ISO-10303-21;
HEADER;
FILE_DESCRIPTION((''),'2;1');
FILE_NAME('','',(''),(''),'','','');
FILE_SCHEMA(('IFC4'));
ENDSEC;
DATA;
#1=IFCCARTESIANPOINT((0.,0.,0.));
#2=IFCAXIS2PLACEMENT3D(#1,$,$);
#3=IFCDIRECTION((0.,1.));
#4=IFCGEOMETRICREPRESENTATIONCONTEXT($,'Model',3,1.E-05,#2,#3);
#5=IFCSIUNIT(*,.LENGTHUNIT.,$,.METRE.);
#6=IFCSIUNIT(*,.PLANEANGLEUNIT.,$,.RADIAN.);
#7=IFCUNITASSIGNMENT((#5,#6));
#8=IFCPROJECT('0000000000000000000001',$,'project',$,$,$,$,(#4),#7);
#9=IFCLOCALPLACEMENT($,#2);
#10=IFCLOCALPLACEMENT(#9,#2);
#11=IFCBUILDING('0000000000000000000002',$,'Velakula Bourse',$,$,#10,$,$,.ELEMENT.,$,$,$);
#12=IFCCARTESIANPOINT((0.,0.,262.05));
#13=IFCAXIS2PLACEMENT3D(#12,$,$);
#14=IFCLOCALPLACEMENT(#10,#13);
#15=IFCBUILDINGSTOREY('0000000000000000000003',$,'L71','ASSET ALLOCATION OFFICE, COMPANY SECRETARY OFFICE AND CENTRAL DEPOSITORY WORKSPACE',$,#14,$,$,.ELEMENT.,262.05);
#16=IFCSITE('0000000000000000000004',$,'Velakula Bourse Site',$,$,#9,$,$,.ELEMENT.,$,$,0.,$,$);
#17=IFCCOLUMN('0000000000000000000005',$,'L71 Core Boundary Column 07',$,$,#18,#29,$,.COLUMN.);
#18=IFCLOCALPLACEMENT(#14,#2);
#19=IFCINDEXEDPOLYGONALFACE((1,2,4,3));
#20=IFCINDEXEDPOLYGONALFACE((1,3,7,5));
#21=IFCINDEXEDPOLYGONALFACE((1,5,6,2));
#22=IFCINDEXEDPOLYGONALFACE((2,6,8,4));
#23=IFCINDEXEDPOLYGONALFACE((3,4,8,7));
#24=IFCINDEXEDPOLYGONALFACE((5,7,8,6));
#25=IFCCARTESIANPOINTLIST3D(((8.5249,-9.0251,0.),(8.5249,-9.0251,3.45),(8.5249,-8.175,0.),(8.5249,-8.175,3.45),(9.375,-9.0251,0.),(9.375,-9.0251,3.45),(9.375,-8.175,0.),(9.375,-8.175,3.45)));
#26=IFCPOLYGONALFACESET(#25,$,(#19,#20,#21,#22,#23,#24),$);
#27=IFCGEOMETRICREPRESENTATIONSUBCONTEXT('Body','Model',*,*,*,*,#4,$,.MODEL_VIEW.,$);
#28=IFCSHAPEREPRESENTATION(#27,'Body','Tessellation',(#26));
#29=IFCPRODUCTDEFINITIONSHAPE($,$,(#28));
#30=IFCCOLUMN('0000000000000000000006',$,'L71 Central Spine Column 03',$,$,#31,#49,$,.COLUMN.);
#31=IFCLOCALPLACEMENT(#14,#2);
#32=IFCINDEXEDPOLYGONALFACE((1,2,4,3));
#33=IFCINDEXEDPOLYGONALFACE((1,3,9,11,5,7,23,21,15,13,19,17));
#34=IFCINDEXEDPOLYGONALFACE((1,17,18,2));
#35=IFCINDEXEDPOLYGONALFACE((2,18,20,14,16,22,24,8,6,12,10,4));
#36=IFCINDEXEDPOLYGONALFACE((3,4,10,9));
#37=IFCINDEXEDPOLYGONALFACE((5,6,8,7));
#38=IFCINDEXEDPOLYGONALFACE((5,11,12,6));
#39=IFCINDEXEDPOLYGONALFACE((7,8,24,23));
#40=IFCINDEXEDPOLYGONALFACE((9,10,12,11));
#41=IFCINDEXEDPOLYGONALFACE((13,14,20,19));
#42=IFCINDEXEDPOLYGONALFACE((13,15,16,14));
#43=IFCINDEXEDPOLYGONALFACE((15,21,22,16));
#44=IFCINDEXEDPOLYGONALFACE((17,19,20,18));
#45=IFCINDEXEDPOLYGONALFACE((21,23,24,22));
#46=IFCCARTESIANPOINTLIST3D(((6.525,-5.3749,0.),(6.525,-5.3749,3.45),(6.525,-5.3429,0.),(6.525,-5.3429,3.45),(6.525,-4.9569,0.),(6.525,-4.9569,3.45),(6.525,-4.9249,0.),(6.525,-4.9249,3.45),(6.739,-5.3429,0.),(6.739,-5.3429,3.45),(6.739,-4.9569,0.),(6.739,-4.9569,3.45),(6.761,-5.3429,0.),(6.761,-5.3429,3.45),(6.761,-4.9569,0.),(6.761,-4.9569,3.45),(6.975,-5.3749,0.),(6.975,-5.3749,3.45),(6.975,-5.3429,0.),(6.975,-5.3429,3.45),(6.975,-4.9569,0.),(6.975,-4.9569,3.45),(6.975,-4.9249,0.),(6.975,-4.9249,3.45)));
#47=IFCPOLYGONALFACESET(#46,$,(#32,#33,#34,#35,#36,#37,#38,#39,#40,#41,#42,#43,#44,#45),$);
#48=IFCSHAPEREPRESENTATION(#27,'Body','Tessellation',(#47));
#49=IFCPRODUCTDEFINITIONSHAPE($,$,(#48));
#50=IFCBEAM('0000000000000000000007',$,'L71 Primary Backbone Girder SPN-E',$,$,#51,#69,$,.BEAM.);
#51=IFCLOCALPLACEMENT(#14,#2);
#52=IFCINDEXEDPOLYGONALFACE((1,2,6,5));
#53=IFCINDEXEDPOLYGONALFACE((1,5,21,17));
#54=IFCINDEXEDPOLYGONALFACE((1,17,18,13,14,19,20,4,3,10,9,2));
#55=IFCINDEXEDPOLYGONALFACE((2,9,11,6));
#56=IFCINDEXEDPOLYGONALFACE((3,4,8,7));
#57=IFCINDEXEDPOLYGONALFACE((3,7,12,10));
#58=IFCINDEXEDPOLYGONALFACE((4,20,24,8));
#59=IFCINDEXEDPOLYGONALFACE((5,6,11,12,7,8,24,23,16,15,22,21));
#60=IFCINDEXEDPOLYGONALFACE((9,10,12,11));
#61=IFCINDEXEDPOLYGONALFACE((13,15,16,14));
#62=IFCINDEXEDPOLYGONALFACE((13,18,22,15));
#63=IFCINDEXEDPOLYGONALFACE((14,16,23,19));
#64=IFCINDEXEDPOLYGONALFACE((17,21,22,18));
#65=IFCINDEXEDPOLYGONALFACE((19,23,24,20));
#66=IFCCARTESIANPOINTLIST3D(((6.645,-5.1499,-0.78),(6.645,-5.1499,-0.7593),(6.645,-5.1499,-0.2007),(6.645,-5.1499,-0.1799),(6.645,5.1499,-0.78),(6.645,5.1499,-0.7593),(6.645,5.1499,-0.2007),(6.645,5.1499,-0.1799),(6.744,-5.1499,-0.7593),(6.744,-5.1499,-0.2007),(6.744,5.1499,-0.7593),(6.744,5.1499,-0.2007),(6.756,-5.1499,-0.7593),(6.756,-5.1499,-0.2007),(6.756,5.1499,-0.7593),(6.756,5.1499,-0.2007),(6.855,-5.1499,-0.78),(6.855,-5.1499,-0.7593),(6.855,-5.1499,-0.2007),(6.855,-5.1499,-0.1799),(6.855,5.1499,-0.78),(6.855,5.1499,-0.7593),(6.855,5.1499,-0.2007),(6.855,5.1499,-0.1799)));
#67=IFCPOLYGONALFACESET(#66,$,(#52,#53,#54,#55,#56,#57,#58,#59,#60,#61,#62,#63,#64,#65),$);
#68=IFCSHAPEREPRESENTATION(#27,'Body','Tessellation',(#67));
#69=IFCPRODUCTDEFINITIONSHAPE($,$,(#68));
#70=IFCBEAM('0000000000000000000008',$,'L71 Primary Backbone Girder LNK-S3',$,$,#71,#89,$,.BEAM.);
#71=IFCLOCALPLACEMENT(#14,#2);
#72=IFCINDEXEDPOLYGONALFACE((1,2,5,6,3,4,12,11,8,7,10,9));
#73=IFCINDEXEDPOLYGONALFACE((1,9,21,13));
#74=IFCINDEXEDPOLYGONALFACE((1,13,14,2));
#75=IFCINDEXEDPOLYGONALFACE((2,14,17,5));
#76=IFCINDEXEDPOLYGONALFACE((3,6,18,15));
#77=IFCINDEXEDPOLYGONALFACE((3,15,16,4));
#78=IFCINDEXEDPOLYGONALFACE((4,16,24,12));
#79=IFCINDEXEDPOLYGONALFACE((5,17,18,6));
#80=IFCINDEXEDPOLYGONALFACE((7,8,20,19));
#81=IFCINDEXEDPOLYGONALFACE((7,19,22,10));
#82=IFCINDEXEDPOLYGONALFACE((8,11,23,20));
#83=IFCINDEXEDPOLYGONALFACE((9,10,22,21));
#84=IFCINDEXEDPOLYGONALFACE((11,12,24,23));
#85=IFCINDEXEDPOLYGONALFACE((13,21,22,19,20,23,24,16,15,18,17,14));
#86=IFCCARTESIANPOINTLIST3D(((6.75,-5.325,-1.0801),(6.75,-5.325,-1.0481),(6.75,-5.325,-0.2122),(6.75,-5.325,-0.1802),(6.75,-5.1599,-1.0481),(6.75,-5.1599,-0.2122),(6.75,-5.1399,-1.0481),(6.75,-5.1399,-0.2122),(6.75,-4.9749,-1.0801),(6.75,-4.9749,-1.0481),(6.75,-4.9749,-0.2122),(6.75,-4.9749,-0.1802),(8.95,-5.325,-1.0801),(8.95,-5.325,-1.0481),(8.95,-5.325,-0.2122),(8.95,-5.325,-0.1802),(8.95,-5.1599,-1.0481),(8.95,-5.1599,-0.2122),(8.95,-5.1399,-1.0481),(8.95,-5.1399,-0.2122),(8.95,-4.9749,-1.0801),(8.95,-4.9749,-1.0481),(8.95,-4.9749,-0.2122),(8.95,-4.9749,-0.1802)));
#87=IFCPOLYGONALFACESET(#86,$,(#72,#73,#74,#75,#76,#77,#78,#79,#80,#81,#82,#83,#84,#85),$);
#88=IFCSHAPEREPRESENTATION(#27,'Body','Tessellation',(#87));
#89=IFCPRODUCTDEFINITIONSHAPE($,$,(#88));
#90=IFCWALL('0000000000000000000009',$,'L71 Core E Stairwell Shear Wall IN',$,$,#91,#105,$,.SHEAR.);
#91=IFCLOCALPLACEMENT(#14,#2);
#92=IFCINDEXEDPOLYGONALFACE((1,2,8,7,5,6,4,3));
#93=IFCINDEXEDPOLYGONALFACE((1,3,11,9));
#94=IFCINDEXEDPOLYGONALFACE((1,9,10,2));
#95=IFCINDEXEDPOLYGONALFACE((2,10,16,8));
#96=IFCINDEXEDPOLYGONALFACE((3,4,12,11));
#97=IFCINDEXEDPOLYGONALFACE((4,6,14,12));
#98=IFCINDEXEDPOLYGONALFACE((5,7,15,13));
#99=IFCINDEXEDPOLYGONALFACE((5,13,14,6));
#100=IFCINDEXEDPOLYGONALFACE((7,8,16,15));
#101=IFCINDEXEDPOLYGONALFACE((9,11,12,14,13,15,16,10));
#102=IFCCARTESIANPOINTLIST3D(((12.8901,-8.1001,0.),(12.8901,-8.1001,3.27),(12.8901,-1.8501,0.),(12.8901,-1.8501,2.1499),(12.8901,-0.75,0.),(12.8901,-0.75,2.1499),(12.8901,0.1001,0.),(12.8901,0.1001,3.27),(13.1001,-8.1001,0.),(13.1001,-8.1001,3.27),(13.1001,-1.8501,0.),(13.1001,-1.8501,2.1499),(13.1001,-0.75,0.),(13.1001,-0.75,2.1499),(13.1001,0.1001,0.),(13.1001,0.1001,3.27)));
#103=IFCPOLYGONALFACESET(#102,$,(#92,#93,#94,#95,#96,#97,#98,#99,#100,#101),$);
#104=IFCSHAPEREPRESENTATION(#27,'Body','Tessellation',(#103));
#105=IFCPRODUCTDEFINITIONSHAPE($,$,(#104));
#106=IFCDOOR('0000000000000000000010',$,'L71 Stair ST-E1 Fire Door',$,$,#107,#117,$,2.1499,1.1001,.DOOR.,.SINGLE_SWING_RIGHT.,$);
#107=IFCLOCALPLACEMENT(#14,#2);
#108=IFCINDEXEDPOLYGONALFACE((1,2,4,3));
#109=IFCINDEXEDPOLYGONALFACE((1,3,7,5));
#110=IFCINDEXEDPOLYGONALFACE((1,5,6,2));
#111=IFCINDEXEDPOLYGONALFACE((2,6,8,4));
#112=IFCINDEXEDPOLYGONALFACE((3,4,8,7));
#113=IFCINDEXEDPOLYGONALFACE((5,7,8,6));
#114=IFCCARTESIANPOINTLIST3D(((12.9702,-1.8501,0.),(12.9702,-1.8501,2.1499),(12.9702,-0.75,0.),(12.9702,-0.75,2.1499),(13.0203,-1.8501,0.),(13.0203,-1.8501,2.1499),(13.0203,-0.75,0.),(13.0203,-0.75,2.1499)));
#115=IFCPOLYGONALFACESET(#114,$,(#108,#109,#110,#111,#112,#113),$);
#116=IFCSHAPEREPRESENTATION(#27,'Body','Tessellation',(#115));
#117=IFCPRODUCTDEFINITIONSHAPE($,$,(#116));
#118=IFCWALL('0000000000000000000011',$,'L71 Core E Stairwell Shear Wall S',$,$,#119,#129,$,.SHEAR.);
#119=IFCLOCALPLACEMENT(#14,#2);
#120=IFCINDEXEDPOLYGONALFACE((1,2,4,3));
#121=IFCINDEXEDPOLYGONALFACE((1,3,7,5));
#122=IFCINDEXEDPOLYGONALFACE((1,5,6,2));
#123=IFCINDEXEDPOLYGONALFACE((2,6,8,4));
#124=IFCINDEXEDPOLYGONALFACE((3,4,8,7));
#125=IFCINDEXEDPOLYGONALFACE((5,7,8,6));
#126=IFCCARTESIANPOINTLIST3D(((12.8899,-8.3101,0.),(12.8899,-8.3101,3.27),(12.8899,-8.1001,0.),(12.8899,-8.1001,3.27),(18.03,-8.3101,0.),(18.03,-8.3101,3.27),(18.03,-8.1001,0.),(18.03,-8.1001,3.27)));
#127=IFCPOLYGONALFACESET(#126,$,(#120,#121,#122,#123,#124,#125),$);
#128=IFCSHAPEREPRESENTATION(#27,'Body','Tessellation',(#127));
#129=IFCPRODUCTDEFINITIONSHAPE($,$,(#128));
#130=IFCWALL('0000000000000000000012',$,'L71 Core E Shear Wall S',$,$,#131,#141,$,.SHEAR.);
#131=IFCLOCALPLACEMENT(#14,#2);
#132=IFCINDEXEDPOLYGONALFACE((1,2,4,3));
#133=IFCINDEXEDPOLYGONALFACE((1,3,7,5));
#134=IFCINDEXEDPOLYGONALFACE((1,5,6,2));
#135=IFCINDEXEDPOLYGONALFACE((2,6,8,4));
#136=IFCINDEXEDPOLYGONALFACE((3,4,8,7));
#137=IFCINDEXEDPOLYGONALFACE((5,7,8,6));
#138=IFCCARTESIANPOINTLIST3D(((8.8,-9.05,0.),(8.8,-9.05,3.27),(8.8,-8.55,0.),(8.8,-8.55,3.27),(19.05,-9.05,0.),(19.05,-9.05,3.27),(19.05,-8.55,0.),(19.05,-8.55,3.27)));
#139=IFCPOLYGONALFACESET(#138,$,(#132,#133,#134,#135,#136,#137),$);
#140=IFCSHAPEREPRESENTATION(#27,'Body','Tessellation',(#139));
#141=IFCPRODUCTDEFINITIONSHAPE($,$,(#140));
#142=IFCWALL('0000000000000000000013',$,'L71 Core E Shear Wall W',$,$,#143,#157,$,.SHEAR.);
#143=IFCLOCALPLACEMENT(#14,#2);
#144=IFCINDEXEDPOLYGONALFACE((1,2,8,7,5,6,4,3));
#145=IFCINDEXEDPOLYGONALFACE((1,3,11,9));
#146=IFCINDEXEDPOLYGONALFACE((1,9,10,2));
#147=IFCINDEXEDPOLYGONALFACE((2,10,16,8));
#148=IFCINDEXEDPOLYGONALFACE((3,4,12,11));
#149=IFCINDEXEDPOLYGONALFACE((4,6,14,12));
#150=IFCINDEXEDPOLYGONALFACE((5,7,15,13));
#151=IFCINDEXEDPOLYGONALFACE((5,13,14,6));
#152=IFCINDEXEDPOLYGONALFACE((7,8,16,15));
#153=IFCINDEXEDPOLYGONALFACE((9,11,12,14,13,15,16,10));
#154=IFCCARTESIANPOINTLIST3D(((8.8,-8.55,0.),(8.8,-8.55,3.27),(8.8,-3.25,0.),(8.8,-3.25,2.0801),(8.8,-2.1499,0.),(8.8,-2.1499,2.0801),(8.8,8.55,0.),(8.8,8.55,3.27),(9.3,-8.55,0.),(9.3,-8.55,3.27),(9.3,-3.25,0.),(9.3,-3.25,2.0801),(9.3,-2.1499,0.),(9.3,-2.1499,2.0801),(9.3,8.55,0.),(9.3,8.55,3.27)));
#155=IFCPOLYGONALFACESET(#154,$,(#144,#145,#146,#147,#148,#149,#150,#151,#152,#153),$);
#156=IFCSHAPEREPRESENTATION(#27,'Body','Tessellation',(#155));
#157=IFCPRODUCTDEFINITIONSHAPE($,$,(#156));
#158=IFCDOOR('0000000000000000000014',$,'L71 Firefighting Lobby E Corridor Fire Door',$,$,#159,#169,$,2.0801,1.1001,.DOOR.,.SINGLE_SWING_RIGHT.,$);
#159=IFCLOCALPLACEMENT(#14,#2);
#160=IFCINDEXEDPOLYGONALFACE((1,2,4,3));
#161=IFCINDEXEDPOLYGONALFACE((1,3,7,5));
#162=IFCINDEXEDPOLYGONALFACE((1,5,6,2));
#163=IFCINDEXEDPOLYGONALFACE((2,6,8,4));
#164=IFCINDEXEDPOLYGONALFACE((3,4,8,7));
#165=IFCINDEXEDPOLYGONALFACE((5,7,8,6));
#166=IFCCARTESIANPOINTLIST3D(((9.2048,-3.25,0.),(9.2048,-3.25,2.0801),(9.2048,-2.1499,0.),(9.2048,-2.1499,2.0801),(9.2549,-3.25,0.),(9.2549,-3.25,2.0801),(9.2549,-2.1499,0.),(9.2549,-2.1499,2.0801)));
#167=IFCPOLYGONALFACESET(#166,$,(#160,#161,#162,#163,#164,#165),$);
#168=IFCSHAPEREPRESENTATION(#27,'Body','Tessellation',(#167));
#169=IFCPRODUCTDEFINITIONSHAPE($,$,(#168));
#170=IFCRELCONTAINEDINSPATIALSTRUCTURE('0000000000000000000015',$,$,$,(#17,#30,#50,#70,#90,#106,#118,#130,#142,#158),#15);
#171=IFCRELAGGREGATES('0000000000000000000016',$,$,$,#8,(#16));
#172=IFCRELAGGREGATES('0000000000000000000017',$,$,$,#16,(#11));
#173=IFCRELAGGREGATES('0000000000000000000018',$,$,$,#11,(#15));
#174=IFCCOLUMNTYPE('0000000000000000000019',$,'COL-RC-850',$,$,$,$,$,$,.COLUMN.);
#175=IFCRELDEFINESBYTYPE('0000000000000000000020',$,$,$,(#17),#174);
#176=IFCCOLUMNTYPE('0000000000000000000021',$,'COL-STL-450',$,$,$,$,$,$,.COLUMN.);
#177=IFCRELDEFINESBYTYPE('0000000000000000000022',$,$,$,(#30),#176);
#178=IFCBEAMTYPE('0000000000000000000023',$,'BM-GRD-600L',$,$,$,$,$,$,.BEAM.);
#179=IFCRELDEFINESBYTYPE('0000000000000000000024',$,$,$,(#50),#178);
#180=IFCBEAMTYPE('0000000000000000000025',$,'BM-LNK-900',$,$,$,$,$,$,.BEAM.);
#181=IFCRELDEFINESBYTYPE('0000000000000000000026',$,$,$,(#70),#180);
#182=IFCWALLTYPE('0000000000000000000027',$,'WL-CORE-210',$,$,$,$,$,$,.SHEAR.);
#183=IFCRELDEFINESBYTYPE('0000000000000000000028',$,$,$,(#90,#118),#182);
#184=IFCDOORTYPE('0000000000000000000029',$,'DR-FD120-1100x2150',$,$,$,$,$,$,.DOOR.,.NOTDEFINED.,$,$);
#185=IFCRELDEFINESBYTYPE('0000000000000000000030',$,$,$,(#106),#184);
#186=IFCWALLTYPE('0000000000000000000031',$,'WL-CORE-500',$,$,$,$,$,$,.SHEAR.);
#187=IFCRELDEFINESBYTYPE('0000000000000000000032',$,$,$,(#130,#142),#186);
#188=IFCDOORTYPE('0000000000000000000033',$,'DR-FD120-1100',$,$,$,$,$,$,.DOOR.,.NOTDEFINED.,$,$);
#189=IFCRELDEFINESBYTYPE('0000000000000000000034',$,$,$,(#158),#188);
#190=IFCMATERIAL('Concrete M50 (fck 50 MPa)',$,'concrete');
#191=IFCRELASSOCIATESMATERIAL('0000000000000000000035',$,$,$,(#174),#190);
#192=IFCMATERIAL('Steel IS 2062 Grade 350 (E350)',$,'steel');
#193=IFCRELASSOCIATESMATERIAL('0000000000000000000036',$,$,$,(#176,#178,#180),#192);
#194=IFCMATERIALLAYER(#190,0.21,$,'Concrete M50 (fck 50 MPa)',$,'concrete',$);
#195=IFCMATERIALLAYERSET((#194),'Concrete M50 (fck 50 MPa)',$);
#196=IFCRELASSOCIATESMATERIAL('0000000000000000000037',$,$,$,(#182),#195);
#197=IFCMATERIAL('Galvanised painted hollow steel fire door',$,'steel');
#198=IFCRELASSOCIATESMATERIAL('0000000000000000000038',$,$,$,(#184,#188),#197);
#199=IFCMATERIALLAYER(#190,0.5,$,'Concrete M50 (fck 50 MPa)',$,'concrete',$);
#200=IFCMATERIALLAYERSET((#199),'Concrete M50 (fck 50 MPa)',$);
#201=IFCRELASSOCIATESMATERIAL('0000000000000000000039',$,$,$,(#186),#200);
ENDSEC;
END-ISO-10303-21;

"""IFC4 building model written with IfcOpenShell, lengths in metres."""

from ifc_helpers import new_model, si_unit, direction, frame, frame_2d, origin, origin_2d, place, context, subcontext, project, spatial, rectangle, i_section, extrude, material, layer, layer_set, material_profile, profile_set, type_object, element, fill, save


model = new_model("IFC4")

# Units and contexts
model_context = context("Model", 3, precision=1e-05, world=origin(), true_north=direction((0.0, 1.0)))
body_context = subcontext(model_context, "Body", "Model", "MODEL_VIEW")
ifc_project = project(units=[si_unit("LENGTHUNIT", "METRE"), si_unit("PLANEANGLEUNIT", "RADIAN")], contexts=[model_context])

# Site, building, storey
site_placement = place(None, origin())
site = spatial("IfcSite", under=ifc_project, at=site_placement, Name="Velakula Bourse Site", CompositionType="ELEMENT", RefElevation=0.0)
building_placement = place(site_placement, origin())
building = spatial("IfcBuilding", under=site, at=building_placement, Name="Velakula Bourse", CompositionType="ELEMENT")
storey_placement = place(building_placement, frame((0.0, 0.0, 262.05)))
storey = spatial("IfcBuildingStorey", under=building, at=storey_placement, Name="L71", Description="ASSET ALLOCATION OFFICE, COMPANY SECRETARY OFFICE AND CENTRAL DEPOSITORY WORKSPACE", CompositionType="ELEMENT", Elevation=262.05)

# Columns
ifc_material_1 = material(Name="Concrete M50 (fck 50 MPa)", Category="concrete")
ifc_material_profile_1 = material_profile(ifc_material_1, rectangle(XDim=0.8501, YDim=0.8501, at=origin_2d()), Name="Concrete M50 (fck 50 MPa)")
ifc_profile_set_1 = profile_set([ifc_material_profile_1], Name="Concrete M50 (fck 50 MPa)")
column_type_1 = type_object("IfcColumnType", Name="COL-RC-850", PredefinedType="COLUMN", material=ifc_profile_set_1)
column_1_placement = place(storey_placement, frame((8.95, -8.6001, 0.0), z_axis=(0.0, 0.0, 1.0), x_axis=(1.0, 0.0, 0.0)))
element("IfcColumn", 1, at=column_1_placement, inside=storey, type_object=column_type_1, Name="L71 Core Boundary Column 07", PredefinedType="COLUMN", context=body_context, shape_type="SweptSolid", body=[
    extrude(rectangle(XDim=0.8501, YDim=0.8501, at=origin_2d()), origin(), (0.0, 0.0, 1.0), 3.45),
])
ifc_material_2 = material(Name="Steel IS 2062 Grade 350 (E350)", Category="steel")
ifc_material_profile_2 = material_profile(ifc_material_2, i_section(OverallWidth=0.45, OverallDepth=0.45, WebThickness=0.022, FlangeThickness=0.032, at=origin_2d()), Name="Steel IS 2062 Grade 350 (E350)")
ifc_profile_set_2 = profile_set([ifc_material_profile_2], Name="Steel IS 2062 Grade 350 (E350)")
column_type_2 = type_object("IfcColumnType", Name="COL-STL-450", PredefinedType="COLUMN", material=ifc_profile_set_2)
column_2_placement = place(storey_placement, frame((6.75, -5.1499, 0.0), z_axis=(0.0, 0.0, 1.0), x_axis=(1.0, 0.0, 0.0)))
element("IfcColumn", 2, at=column_2_placement, inside=storey, type_object=column_type_2, Name="L71 Central Spine Column 03", PredefinedType="COLUMN", context=body_context, shape_type="SweptSolid", body=[
    extrude(i_section(OverallWidth=0.45, OverallDepth=0.45, WebThickness=0.022, FlangeThickness=0.032, at=origin_2d()), origin(), (0.0, 0.0, 1.0), 3.45),
])

# Beams
ifc_material_profile_3 = material_profile(ifc_material_2, i_section(OverallWidth=0.21, OverallDepth=0.6001, WebThickness=0.012, FlangeThickness=0.0208, at=origin_2d()), Name="Steel IS 2062 Grade 350 (E350)")
ifc_profile_set_3 = profile_set([ifc_material_profile_3], Name="Steel IS 2062 Grade 350 (E350)")
beam_type_1 = type_object("IfcBeamType", Name="BM-GRD-600L", PredefinedType="BEAM", material=ifc_profile_set_3)
beam_1_placement = place(storey_placement, frame((6.75, -5.1499, -0.48), z_axis=(0.0, 1.0, 0.0), x_axis=(-1.0, 0.0, 0.0)))
element("IfcBeam", 3, at=beam_1_placement, inside=storey, type_object=beam_type_1, Name="L71 Primary Backbone Girder SPN-E", PredefinedType="BEAM", context=body_context, shape_type="SweptSolid", body=[
    extrude(i_section(OverallWidth=0.21, OverallDepth=0.6001, WebThickness=0.012, FlangeThickness=0.0208, at=origin_2d()), origin(), (0.0, 0.0, 1.0), 10.2998),
])
ifc_material_profile_4 = material_profile(ifc_material_2, i_section(OverallWidth=0.3501, OverallDepth=0.8999, WebThickness=0.02, FlangeThickness=0.032, at=origin_2d()), Name="Steel IS 2062 Grade 350 (E350)")
ifc_profile_set_4 = profile_set([ifc_material_profile_4], Name="Steel IS 2062 Grade 350 (E350)")
beam_type_2 = type_object("IfcBeamType", Name="BM-LNK-900", PredefinedType="BEAM", material=ifc_profile_set_4)
beam_2_placement = place(storey_placement, frame((6.75, -5.1499, -0.6301), z_axis=(1.0, 0.0, 0.0), x_axis=(0.0, 1.0, 0.0)))
element("IfcBeam", 4, at=beam_2_placement, inside=storey, type_object=beam_type_2, Name="L71 Primary Backbone Girder LNK-S3", PredefinedType="BEAM", context=body_context, shape_type="SweptSolid", body=[
    extrude(i_section(OverallWidth=0.3501, OverallDepth=0.8999, WebThickness=0.02, FlangeThickness=0.032, at=origin_2d()), origin(), (0.0, 0.0, 1.0), 2.2),
])

# Wall, opening, door
ifc_layer_1 = layer(ifc_material_1, 0.21, Name="Concrete M50 (fck 50 MPa)", Category="concrete")
ifc_layer_set_1 = layer_set([ifc_layer_1], Name="Concrete M50 (fck 50 MPa)")
wall_type_1 = type_object("IfcWallType", Name="WL-CORE-210", PredefinedType="SHEAR", material=ifc_layer_set_1)
wall_1_placement = place(storey_placement, frame((12.9951, -8.1001, 0.0), z_axis=(0.0, 0.0, 1.0), x_axis=(0.0, 1.0, 0.0)))
wall_1 = element("IfcWall", 5, at=wall_1_placement, inside=storey, type_object=wall_type_1, Name="L71 Core E Stairwell Shear Wall IN", PredefinedType="SHEAR", context=body_context, shape_type="SweptSolid", body=[
    extrude(rectangle(XDim=8.2002, YDim=0.21, at=frame_2d((4.1001, 0.0))), origin(), (0.0, 0.0, 1.0), 3.27),
])
opening_1_placement = place(wall_1_placement, frame((6.25, 0.0, 0.0)))
opening_1 = element("IfcOpeningElement", 6, at=opening_1_placement, cuts=wall_1, PredefinedType="OPENING", context=body_context, shape_type="SweptSolid", body=[
    extrude(rectangle(XDim=1.1001, YDim=2.1499, at=frame_2d((0.55, 1.075))), frame((0.0, 0.115, 0.0), z_axis=(0.0, -1.0, 0.0), x_axis=(1.0, 0.0, 0.0)), (0.0, 0.0, 1.0), 0.23),
])
ifc_material_3 = material(Name="Galvanised painted hollow steel fire door", Category="steel")
door_type_1 = type_object("IfcDoorType", Name="DR-FD120-1100x2150", OperationType="NOTDEFINED", PredefinedType="DOOR", material=ifc_material_3)
door_1_placement = place(opening_1_placement, origin())
door_1 = element("IfcDoor", 7, at=door_1_placement, inside=storey, type_object=door_type_1, Name="L71 Stair ST-E1 Fire Door", OperationType="SINGLE_SWING_RIGHT", OverallHeight=2.1499, OverallWidth=1.1001, PredefinedType="DOOR", context=body_context, shape_type="SweptSolid", body=[
    extrude(rectangle(XDim=1.1001, YDim=2.1499, at=frame_2d((0.55, 1.075))), frame((0.0, 0.0249, 0.0), z_axis=(0.0, -1.0, 0.0), x_axis=(1.0, 0.0, 0.0)), (0.0, 0.0, 1.0), 0.05),
])
fill(opening_1, door_1)

# Walls
wall_2_placement = place(storey_placement, frame((12.8899, -8.2051, 0.0), z_axis=(0.0, 0.0, 1.0), x_axis=(1.0, 0.0, 0.0)))
element("IfcWall", 8, at=wall_2_placement, inside=storey, type_object=wall_type_1, Name="L71 Core E Stairwell Shear Wall S", PredefinedType="SHEAR", context=body_context, shape_type="SweptSolid", body=[
    extrude(rectangle(XDim=5.1401, YDim=0.21, at=frame_2d((2.5701, 0.0))), origin(), (0.0, 0.0, 1.0), 3.27),
])
ifc_layer_2 = layer(ifc_material_1, 0.5, Name="Concrete M50 (fck 50 MPa)", Category="concrete")
ifc_layer_set_2 = layer_set([ifc_layer_2], Name="Concrete M50 (fck 50 MPa)")
wall_type_2 = type_object("IfcWallType", Name="WL-CORE-500", PredefinedType="SHEAR", material=ifc_layer_set_2)
wall_3_placement = place(storey_placement, frame((8.8, -8.8, 0.0), z_axis=(0.0, 0.0, 1.0), x_axis=(1.0, 0.0, 0.0)))
element("IfcWall", 9, at=wall_3_placement, inside=storey, type_object=wall_type_2, Name="L71 Core E Shear Wall S", PredefinedType="SHEAR", context=body_context, shape_type="SweptSolid", body=[
    extrude(rectangle(XDim=10.25, YDim=0.5, at=frame_2d((5.125, 0.0))), origin(), (0.0, 0.0, 1.0), 3.27),
])

# Wall, opening, door
wall_4_placement = place(storey_placement, frame((9.05, -8.55, 0.0), z_axis=(0.0, 0.0, 1.0), x_axis=(0.0, 1.0, 0.0)))
wall_4 = element("IfcWall", 10, at=wall_4_placement, inside=storey, type_object=wall_type_2, Name="L71 Core E Shear Wall W", PredefinedType="SHEAR", context=body_context, shape_type="SweptSolid", body=[
    extrude(rectangle(XDim=17.1001, YDim=0.5, at=frame_2d((8.55, 0.0))), origin(), (0.0, 0.0, 1.0), 3.27),
])
opening_2_placement = place(wall_4_placement, frame((5.3, 0.0, 0.0)))
opening_2 = element("IfcOpeningElement", 11, at=opening_2_placement, cuts=wall_4, PredefinedType="OPENING", context=body_context, shape_type="SweptSolid", body=[
    extrude(rectangle(XDim=1.1001, YDim=2.0801, at=frame_2d((0.55, 1.04))), frame((0.0, 0.26, 0.0), z_axis=(0.0, -1.0, 0.0), x_axis=(1.0, 0.0, 0.0)), (0.0, 0.0, 1.0), 0.52),
])
door_type_2 = type_object("IfcDoorType", Name="DR-FD120-1100", OperationType="NOTDEFINED", PredefinedType="DOOR", material=ifc_material_3)
door_2_placement = place(opening_2_placement, origin())
door_2 = element("IfcDoor", 12, at=door_2_placement, inside=storey, type_object=door_type_2, Name="L71 Firefighting Lobby E Corridor Fire Door", OperationType="SINGLE_SWING_RIGHT", OverallHeight=2.0801, OverallWidth=1.1001, PredefinedType="DOOR", context=body_context, shape_type="SweptSolid", body=[
    extrude(rectangle(XDim=1.1001, YDim=2.0801, at=frame_2d((0.55, 1.04))), frame((0.0, -0.1548, 0.0), z_axis=(0.0, -1.0, 0.0), x_axis=(1.0, 0.0, 0.0)), (0.0, 0.0, 1.0), 0.05),
])
fill(opening_2, door_2)

save(model, "model.ifc")
